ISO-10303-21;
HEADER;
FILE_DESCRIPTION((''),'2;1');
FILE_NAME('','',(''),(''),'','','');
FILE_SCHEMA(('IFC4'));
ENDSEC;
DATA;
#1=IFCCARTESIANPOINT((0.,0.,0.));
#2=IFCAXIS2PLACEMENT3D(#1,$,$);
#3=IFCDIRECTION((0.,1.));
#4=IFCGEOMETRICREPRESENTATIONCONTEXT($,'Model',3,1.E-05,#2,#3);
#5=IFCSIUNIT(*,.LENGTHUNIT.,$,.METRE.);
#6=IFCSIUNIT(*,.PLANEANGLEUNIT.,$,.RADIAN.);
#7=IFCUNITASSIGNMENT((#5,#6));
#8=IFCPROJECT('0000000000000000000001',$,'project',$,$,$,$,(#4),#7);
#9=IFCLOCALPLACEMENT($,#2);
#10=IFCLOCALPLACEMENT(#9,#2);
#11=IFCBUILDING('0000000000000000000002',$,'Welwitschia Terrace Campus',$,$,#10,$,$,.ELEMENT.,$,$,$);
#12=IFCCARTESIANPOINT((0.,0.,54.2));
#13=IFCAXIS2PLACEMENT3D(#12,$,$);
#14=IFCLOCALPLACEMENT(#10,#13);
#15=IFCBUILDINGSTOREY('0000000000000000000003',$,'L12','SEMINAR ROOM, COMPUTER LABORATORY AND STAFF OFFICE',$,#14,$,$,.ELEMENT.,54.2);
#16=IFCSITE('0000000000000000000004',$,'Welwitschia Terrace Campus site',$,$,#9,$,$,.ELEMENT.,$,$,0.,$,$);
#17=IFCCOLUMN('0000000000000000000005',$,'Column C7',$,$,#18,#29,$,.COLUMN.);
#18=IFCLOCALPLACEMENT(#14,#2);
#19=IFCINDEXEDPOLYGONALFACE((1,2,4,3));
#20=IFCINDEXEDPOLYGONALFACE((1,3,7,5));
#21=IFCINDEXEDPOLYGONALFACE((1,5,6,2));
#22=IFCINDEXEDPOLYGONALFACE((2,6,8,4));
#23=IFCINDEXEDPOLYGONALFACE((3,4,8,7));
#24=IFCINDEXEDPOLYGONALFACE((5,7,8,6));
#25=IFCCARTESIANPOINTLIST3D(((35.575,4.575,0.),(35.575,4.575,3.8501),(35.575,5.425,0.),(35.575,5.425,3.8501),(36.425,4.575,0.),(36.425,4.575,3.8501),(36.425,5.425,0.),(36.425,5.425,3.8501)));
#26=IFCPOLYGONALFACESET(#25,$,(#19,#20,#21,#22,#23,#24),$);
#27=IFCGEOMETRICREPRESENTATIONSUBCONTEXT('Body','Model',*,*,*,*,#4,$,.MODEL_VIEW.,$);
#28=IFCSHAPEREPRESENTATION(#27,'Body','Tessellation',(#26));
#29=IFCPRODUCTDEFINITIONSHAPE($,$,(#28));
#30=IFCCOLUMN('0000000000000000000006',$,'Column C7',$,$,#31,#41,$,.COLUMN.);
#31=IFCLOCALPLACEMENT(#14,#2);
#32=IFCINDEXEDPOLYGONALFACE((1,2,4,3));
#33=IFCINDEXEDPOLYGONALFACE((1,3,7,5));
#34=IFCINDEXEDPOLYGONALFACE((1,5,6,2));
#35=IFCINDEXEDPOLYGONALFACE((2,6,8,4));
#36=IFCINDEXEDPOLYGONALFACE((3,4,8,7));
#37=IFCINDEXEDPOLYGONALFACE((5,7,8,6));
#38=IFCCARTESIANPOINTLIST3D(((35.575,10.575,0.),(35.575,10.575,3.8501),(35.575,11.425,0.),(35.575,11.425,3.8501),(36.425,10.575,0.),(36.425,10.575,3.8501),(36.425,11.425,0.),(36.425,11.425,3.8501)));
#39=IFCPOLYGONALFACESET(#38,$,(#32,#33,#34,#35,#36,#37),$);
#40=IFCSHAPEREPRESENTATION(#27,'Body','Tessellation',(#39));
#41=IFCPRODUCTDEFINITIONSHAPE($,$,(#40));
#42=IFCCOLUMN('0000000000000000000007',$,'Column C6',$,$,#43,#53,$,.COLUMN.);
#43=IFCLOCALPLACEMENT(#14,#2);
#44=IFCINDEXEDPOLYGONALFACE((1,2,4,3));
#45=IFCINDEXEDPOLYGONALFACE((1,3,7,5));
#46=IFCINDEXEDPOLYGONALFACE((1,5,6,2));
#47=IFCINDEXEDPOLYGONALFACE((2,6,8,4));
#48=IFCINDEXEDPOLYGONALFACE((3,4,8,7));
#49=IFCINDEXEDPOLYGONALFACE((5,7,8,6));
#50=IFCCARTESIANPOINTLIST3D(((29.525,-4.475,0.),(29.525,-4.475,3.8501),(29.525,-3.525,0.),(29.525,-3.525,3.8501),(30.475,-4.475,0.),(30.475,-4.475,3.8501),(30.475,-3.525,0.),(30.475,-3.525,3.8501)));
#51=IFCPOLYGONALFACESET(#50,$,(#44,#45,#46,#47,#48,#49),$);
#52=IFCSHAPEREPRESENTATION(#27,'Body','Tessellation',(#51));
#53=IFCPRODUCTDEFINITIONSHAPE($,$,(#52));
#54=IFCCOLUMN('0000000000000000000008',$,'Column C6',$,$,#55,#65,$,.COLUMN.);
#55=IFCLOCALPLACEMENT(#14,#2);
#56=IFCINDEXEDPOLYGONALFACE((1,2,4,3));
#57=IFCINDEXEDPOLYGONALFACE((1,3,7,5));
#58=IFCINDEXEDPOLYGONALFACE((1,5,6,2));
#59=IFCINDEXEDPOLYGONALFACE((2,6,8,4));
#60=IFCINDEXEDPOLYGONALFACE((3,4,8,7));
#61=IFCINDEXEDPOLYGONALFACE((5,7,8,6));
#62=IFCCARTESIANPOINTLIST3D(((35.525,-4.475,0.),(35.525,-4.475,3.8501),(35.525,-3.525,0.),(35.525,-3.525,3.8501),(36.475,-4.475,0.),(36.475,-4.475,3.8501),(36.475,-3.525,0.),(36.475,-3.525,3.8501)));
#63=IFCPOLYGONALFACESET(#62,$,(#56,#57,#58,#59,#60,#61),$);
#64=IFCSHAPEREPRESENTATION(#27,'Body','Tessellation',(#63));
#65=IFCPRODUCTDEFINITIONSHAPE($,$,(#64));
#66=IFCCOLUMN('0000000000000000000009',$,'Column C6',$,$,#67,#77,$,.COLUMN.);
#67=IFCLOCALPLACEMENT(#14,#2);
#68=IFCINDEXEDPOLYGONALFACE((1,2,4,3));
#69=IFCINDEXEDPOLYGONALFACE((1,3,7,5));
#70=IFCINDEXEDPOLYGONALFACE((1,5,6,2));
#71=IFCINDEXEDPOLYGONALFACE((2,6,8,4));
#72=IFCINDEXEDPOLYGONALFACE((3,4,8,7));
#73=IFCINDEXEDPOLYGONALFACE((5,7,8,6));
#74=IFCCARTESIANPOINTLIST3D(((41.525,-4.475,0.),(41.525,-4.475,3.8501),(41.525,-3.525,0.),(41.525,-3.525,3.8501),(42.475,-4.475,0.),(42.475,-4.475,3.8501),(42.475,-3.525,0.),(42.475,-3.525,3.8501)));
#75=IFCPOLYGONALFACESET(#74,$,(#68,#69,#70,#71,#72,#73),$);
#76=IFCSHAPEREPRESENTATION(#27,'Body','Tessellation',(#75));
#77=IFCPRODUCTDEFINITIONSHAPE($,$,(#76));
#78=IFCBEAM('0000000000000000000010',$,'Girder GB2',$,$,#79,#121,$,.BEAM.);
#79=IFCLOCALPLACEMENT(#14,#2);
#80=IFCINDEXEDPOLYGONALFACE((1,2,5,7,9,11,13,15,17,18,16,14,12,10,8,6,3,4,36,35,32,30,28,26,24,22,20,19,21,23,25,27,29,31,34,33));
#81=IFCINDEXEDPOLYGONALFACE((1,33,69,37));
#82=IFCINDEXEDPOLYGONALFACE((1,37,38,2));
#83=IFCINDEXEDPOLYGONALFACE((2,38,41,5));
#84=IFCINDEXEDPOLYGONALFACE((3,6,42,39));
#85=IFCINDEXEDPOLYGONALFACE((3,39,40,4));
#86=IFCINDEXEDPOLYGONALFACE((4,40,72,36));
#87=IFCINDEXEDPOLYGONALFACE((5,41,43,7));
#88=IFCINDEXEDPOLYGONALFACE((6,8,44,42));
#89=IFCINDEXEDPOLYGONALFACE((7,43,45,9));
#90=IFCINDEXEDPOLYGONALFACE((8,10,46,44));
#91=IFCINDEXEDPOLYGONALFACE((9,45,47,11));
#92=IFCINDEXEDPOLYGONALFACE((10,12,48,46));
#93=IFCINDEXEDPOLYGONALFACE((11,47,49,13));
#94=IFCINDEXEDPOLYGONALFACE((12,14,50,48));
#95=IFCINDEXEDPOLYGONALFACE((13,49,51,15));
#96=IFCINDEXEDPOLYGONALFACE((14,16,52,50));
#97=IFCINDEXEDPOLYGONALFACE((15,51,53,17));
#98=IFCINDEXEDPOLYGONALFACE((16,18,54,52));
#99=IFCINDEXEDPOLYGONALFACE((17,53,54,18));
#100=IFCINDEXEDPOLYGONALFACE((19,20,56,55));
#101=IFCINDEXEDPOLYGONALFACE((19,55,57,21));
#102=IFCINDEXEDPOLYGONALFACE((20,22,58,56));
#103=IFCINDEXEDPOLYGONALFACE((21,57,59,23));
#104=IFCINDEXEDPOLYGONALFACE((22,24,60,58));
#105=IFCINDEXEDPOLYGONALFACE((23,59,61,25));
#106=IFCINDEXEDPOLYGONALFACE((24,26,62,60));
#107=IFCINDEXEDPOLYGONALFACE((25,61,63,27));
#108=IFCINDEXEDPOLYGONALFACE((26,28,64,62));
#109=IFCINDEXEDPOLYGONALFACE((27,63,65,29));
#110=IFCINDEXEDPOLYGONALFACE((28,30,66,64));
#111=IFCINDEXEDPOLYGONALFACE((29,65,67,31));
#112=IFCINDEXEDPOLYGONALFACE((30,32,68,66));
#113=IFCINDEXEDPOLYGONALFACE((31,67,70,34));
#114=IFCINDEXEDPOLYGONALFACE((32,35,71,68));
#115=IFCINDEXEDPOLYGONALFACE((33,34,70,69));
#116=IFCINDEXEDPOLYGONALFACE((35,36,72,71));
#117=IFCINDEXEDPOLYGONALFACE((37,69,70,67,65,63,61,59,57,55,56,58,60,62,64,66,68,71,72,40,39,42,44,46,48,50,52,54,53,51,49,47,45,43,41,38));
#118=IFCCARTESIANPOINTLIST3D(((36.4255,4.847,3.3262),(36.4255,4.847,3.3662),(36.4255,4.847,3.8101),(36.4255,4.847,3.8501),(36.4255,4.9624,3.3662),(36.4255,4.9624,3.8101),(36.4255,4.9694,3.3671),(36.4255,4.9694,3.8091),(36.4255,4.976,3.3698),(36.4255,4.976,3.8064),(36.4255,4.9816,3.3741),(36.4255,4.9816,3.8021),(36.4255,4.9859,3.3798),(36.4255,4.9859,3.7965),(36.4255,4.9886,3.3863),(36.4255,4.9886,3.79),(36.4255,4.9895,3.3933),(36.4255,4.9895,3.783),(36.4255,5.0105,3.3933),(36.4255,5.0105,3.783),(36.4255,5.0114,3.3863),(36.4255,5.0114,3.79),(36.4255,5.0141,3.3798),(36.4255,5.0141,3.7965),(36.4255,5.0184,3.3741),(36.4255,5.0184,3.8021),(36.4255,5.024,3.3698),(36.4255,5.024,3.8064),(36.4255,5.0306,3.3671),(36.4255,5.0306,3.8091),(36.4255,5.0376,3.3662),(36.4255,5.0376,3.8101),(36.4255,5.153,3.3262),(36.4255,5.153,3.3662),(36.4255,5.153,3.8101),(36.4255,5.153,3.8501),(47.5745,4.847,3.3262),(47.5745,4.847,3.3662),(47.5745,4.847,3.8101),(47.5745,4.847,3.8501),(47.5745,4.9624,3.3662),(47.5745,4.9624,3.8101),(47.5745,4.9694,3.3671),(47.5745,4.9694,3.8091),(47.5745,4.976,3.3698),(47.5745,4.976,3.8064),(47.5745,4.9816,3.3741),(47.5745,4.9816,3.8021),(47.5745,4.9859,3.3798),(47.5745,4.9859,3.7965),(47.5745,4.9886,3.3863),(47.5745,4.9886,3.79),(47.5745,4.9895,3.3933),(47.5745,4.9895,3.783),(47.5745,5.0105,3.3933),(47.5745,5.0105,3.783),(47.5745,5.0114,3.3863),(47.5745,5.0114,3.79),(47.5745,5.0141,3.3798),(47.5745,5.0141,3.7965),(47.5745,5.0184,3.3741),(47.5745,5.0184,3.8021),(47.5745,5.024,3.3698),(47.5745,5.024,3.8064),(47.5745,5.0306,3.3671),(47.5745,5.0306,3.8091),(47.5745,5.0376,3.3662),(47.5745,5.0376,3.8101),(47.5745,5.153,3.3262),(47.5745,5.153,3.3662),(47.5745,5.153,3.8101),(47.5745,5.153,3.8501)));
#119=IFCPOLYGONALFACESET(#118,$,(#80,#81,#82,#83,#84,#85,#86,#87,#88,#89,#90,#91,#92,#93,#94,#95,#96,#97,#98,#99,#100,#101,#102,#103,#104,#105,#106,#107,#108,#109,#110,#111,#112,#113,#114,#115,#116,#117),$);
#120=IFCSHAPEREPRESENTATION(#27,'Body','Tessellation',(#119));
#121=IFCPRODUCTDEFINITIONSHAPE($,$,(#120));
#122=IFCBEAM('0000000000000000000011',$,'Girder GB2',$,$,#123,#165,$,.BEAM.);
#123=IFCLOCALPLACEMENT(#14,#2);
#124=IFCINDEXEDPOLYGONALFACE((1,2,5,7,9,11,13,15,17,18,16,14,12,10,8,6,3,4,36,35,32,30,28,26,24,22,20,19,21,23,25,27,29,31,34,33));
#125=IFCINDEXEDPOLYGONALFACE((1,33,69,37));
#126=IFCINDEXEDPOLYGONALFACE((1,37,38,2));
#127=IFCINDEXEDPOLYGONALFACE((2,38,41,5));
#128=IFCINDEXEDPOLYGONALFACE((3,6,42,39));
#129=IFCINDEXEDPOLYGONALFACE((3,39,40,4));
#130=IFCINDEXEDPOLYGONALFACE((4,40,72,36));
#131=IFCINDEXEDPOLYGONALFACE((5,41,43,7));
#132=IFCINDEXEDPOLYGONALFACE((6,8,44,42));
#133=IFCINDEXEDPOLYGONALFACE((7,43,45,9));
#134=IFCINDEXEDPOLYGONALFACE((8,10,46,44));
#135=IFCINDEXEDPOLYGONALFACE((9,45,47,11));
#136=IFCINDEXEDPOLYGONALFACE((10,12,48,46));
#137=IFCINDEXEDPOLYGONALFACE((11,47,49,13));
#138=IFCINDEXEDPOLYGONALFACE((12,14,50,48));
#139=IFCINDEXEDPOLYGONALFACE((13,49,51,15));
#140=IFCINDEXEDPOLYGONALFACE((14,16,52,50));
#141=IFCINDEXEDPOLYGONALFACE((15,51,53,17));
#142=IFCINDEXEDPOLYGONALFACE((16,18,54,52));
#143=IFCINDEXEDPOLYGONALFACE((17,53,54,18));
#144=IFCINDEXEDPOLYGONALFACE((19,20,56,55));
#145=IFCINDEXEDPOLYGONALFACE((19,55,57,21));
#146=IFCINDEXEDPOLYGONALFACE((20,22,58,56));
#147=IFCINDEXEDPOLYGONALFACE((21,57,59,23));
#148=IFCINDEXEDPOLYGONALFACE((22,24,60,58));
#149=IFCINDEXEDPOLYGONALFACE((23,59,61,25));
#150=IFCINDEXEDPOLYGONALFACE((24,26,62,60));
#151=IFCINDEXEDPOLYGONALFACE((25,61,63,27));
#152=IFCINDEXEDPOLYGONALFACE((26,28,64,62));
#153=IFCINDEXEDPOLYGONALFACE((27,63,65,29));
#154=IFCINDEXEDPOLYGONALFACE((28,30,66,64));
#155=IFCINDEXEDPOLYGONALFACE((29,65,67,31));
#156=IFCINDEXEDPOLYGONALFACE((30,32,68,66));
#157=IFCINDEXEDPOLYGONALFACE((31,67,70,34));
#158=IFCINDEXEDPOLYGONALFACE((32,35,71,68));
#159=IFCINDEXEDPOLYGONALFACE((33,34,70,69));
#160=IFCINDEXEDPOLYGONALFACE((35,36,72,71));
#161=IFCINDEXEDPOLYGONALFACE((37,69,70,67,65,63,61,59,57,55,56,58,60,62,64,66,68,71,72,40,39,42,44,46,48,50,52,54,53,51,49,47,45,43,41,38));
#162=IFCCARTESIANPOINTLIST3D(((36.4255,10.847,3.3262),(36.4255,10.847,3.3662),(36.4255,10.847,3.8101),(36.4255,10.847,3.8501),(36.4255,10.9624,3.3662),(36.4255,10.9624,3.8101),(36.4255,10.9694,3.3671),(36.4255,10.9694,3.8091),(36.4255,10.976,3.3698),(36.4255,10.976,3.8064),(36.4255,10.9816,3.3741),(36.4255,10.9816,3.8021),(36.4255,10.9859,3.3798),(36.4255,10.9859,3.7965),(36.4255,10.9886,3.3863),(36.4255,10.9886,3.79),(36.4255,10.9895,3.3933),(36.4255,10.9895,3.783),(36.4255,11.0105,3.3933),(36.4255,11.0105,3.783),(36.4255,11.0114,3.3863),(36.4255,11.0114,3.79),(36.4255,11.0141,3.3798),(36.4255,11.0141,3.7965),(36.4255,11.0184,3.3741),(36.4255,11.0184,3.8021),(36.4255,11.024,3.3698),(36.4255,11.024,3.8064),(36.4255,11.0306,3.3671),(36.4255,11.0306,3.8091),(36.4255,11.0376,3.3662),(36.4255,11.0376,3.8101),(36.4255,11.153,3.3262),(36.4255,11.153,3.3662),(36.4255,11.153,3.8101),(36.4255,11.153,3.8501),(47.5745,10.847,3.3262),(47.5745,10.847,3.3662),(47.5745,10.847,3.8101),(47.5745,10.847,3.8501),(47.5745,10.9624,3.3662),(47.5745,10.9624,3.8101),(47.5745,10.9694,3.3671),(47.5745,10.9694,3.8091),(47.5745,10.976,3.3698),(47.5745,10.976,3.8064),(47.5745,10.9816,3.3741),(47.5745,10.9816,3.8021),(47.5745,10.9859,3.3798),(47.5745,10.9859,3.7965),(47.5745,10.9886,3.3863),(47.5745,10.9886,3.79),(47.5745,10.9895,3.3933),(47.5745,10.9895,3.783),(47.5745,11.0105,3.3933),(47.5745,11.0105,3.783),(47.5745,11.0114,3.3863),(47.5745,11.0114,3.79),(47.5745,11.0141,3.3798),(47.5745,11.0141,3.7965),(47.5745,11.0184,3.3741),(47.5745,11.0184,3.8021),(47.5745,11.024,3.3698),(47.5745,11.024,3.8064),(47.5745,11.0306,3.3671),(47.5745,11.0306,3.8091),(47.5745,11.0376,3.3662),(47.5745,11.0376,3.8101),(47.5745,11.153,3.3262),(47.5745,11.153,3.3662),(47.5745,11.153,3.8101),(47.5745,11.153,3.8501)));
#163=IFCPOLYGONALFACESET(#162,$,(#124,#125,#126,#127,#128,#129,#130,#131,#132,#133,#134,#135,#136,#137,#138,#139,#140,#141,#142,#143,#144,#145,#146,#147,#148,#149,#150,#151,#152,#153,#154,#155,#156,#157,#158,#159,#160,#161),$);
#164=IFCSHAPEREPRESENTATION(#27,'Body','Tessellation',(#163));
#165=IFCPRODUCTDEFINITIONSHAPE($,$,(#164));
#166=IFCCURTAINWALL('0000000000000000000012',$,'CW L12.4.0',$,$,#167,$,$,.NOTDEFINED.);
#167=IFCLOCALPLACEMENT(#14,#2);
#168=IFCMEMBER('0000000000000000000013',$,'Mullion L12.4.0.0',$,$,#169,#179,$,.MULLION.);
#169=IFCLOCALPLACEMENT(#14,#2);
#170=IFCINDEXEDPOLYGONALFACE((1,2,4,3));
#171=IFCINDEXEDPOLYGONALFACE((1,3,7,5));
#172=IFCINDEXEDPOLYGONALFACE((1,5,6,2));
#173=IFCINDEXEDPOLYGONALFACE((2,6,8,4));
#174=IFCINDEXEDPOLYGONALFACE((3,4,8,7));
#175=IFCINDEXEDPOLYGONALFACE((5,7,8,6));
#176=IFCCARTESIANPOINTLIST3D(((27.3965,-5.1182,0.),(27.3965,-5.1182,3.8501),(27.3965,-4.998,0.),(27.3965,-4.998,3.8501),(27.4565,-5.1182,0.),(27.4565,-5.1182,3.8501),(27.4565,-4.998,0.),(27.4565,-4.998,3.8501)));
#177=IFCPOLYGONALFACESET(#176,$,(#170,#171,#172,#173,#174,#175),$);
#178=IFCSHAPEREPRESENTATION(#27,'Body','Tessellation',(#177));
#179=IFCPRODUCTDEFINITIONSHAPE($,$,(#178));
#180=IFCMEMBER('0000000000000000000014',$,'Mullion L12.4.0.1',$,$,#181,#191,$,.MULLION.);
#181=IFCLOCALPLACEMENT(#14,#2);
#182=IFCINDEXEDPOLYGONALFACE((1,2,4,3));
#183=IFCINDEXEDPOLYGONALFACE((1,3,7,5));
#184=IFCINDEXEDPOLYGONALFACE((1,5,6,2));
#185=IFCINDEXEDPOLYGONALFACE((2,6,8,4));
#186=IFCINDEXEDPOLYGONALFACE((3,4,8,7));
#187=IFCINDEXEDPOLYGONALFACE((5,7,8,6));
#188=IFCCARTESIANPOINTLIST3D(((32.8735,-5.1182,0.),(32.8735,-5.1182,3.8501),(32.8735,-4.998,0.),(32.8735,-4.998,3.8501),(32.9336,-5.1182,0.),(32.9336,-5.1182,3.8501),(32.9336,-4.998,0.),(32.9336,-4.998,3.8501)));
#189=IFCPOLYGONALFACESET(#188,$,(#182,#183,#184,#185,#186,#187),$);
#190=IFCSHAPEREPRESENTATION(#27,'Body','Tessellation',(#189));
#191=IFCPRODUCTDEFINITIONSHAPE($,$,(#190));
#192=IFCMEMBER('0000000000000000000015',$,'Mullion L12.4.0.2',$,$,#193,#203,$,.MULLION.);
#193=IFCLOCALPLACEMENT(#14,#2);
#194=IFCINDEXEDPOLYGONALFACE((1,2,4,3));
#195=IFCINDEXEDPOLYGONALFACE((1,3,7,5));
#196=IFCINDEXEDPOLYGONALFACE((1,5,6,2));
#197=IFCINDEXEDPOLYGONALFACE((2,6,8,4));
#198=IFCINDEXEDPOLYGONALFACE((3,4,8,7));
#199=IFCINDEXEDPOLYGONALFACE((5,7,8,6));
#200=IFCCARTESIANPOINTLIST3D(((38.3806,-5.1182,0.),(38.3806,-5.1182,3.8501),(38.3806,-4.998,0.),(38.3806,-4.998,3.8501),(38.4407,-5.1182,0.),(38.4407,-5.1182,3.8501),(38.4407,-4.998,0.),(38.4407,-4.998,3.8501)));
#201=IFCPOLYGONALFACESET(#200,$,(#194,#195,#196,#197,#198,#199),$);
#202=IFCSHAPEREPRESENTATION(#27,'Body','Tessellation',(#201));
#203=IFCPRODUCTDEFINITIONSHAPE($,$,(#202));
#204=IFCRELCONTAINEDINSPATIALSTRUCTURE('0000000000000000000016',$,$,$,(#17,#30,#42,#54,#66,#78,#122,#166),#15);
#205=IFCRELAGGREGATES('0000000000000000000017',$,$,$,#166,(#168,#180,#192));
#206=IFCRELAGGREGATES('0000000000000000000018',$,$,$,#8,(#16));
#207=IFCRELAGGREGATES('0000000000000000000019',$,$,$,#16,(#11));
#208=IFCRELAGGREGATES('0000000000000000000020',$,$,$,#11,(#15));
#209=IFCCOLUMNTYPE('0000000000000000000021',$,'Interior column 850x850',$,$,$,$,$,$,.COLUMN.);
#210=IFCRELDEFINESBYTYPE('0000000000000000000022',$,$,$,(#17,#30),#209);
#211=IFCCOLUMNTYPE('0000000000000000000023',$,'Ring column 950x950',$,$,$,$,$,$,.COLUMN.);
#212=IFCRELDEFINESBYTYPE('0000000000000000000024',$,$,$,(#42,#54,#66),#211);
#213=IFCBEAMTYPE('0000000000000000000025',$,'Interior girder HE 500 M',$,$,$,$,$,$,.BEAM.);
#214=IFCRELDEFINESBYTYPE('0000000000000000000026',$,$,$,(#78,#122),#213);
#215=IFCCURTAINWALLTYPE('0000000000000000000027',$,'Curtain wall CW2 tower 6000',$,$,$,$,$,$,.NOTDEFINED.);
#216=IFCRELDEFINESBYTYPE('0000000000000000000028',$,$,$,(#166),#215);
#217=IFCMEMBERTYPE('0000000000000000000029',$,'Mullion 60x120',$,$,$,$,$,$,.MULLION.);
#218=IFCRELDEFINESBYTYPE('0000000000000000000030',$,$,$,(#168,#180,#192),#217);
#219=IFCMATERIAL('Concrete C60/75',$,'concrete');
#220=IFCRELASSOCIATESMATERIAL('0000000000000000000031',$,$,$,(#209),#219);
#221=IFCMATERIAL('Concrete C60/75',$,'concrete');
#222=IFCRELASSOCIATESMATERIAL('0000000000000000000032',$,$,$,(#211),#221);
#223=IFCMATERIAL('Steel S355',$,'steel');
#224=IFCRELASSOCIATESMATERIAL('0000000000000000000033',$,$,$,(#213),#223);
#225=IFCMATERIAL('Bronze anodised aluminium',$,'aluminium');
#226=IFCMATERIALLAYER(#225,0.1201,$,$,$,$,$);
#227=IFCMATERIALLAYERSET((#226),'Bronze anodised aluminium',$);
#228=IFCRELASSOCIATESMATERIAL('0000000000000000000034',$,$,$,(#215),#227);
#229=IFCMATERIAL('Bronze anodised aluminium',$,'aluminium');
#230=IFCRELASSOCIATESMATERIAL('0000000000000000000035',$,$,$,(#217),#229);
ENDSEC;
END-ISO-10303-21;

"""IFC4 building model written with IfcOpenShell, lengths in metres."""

from ifc_helpers import new_model, si_unit, direction, frame, origin, origin_2d, place, context, subcontext, project, spatial, rectangle, i_section, extrude, material, layer, layer_set, material_profile, profile_set, type_object, element, aggregate, save


model = new_model("IFC4")

# Units and contexts
model_context = context("Model", 3, precision=1e-05, world=origin(), true_north=direction((0.0, 1.0)))
body_context = subcontext(model_context, "Body", "Model", "MODEL_VIEW")
ifc_project = project(units=[si_unit("LENGTHUNIT", "METRE"), si_unit("PLANEANGLEUNIT", "RADIAN")], contexts=[model_context])

# Site, building, storey
site_placement = place(None, origin())
site = spatial("IfcSite", under=ifc_project, at=site_placement, Name="Welwitschia Terrace Campus site", CompositionType="ELEMENT", RefElevation=0.0)
building_placement = place(site_placement, origin())
building = spatial("IfcBuilding", under=site, at=building_placement, Name="Welwitschia Terrace Campus", CompositionType="ELEMENT")
storey_placement = place(building_placement, frame((0.0, 0.0, 54.2)))
storey = spatial("IfcBuildingStorey", under=building, at=storey_placement, Name="L12", Description="SEMINAR ROOM, COMPUTER LABORATORY AND STAFF OFFICE", CompositionType="ELEMENT", Elevation=54.2)

# Columns
ifc_material_1 = material(Name="Concrete C60/75", Category="concrete")
ifc_material_profile_1 = material_profile(ifc_material_1, rectangle(XDim=0.8501, YDim=0.8501, at=origin_2d()))
ifc_profile_set_1 = profile_set([ifc_material_profile_1], Name="Concrete C60/75")
column_type_1 = type_object("IfcColumnType", Name="Interior column 850x850", PredefinedType="COLUMN", material=ifc_profile_set_1)
for number, where, z_axis, x_axis, name in (
    (1, (36.0, 5.0, 0.0), (0.0, 0.0, 1.0), (1.0, 0.0, 0.0), "Column C7"),
    (2, (36.0, 11.0, 0.0), (0.0, 0.0, 1.0), (1.0, 0.0, 0.0), "Column C7"),
):
    element("IfcColumn", number, at=place(storey_placement, frame(where, z_axis=z_axis, x_axis=x_axis)), inside=storey, type_object=column_type_1, Name=name, PredefinedType="COLUMN", context=body_context, shape_type="SweptSolid", body=[
        extrude(rectangle(XDim=0.8501, YDim=0.8501, at=origin_2d()), origin(), (0.0, 0.0, 1.0), 3.8501),
    ])
ifc_material_2 = material(Name="Concrete C60/75", Category="concrete")
ifc_material_profile_2 = material_profile(ifc_material_2, rectangle(XDim=0.95, YDim=0.95, at=origin_2d()))
ifc_profile_set_2 = profile_set([ifc_material_profile_2], Name="Concrete C60/75")
column_type_2 = type_object("IfcColumnType", Name="Ring column 950x950", PredefinedType="COLUMN", material=ifc_profile_set_2)
for number, where, z_axis, x_axis, name in (
    (3, (30.0, -4.0, 0.0), (0.0, 0.0, 1.0), (1.0, 0.0, 0.0), "Column C6"),
    (4, (36.0, -4.0, 0.0), (0.0, 0.0, 1.0), (1.0, 0.0, 0.0), "Column C6"),
    (5, (42.0, -4.0, 0.0), (0.0, 0.0, 1.0), (1.0, 0.0, 0.0), "Column C6"),
):
    element("IfcColumn", number, at=place(storey_placement, frame(where, z_axis=z_axis, x_axis=x_axis)), inside=storey, type_object=column_type_2, Name=name, PredefinedType="COLUMN", context=body_context, shape_type="SweptSolid", body=[
        extrude(rectangle(XDim=0.95, YDim=0.95, at=origin_2d()), origin(), (0.0, 0.0, 1.0), 3.8501),
    ])

# Beams
ifc_material_3 = material(Name="Steel S355", Category="steel")
ifc_material_profile_3 = material_profile(ifc_material_3, i_section(OverallWidth=0.3059, OverallDepth=0.5239, WebThickness=0.021, FlangeThickness=0.04, FilletRadius=0.0271, at=origin_2d()))
ifc_profile_set_3 = profile_set([ifc_material_profile_3], Name="Steel S355")
beam_type_1 = type_object("IfcBeamType", Name="Interior girder HE 500 M", PredefinedType="BEAM", material=ifc_profile_set_3)
for number, where, z_axis, x_axis, name in (
    (6, (36.4255, 5.0, 3.5881), (1.0, 0.0, 0.0), (0.0, 1.0, 0.0), "Girder GB2"),
    (7, (36.4255, 11.0, 3.5881), (1.0, 0.0, 0.0), (0.0, 1.0, 0.0), "Girder GB2"),
):
    element("IfcBeam", number, at=place(storey_placement, frame(where, z_axis=z_axis, x_axis=x_axis)), inside=storey, type_object=beam_type_1, Name=name, PredefinedType="BEAM", context=body_context, shape_type="SweptSolid", body=[
        extrude(i_section(OverallWidth=0.3059, OverallDepth=0.5239, WebThickness=0.021, FlangeThickness=0.04, FilletRadius=0.0271, at=origin_2d()), origin(), (0.0, 0.0, 1.0), 11.1489),
    ])

# Curtain wall, members
ifc_material_4 = material(Name="Bronze anodised aluminium", Category="aluminium")
ifc_layer_1 = layer(ifc_material_4, 0.1201)
ifc_layer_set_1 = layer_set([ifc_layer_1], Name="Bronze anodised aluminium")
curtain_wall_type = type_object("IfcCurtainWallType", Name="Curtain wall CW2 tower 6000", PredefinedType="NOTDEFINED", material=ifc_layer_set_1)
curtain_wall_placement = place(storey_placement, origin())
curtain_wall = element("IfcCurtainWall", 8, at=curtain_wall_placement, inside=storey, type_object=curtain_wall_type, Name="CW L12.4.0", PredefinedType="NOTDEFINED")
ifc_material_5 = material(Name="Bronze anodised aluminium", Category="aluminium")
ifc_material_profile_4 = material_profile(ifc_material_5, rectangle(XDim=0.1201, YDim=0.0601, at=origin_2d()))
ifc_profile_set_4 = profile_set([ifc_material_profile_4], Name="Bronze anodised aluminium")
member_type_1 = type_object("IfcMemberType", Name="Mullion 60x120", PredefinedType="MULLION", material=ifc_profile_set_4)
member_1_placement = place(storey_placement, frame((27.4265, -5.0581, 0.0), z_axis=(0.0, 0.0, 1.0), x_axis=(0.0, 1.0, 0.0)))
member_1 = element("IfcMember", 9, at=member_1_placement, type_object=member_type_1, Name="Mullion L12.4.0.0", PredefinedType="MULLION", context=body_context, shape_type="SweptSolid", body=[
    extrude(rectangle(XDim=0.1201, YDim=0.0601, at=origin_2d()), origin(), (0.0, 0.0, 1.0), 3.8501),
])
member_2_placement = place(storey_placement, frame((32.9036, -5.0581, 0.0), z_axis=(0.0, 0.0, 1.0), x_axis=(0.0, 1.0, 0.0)))
member_2 = element("IfcMember", 10, at=member_2_placement, type_object=member_type_1, Name="Mullion L12.4.0.1", PredefinedType="MULLION", context=body_context, shape_type="SweptSolid", body=[
    extrude(rectangle(XDim=0.1201, YDim=0.0601, at=origin_2d()), origin(), (0.0, 0.0, 1.0), 3.8501),
])
member_3_placement = place(storey_placement, frame((38.4106, -5.0581, 0.0), z_axis=(0.0, 0.0, 1.0), x_axis=(0.0, 1.0, 0.0)))
member_3 = element("IfcMember", 11, at=member_3_placement, type_object=member_type_1, Name="Mullion L12.4.0.2", PredefinedType="MULLION", context=body_context, shape_type="SweptSolid", body=[
    extrude(rectangle(XDim=0.1201, YDim=0.0601, at=origin_2d()), origin(), (0.0, 0.0, 1.0), 3.8501),
])

aggregate(curtain_wall, [member_1, member_2, member_3])

save(model, "model.ifc")
